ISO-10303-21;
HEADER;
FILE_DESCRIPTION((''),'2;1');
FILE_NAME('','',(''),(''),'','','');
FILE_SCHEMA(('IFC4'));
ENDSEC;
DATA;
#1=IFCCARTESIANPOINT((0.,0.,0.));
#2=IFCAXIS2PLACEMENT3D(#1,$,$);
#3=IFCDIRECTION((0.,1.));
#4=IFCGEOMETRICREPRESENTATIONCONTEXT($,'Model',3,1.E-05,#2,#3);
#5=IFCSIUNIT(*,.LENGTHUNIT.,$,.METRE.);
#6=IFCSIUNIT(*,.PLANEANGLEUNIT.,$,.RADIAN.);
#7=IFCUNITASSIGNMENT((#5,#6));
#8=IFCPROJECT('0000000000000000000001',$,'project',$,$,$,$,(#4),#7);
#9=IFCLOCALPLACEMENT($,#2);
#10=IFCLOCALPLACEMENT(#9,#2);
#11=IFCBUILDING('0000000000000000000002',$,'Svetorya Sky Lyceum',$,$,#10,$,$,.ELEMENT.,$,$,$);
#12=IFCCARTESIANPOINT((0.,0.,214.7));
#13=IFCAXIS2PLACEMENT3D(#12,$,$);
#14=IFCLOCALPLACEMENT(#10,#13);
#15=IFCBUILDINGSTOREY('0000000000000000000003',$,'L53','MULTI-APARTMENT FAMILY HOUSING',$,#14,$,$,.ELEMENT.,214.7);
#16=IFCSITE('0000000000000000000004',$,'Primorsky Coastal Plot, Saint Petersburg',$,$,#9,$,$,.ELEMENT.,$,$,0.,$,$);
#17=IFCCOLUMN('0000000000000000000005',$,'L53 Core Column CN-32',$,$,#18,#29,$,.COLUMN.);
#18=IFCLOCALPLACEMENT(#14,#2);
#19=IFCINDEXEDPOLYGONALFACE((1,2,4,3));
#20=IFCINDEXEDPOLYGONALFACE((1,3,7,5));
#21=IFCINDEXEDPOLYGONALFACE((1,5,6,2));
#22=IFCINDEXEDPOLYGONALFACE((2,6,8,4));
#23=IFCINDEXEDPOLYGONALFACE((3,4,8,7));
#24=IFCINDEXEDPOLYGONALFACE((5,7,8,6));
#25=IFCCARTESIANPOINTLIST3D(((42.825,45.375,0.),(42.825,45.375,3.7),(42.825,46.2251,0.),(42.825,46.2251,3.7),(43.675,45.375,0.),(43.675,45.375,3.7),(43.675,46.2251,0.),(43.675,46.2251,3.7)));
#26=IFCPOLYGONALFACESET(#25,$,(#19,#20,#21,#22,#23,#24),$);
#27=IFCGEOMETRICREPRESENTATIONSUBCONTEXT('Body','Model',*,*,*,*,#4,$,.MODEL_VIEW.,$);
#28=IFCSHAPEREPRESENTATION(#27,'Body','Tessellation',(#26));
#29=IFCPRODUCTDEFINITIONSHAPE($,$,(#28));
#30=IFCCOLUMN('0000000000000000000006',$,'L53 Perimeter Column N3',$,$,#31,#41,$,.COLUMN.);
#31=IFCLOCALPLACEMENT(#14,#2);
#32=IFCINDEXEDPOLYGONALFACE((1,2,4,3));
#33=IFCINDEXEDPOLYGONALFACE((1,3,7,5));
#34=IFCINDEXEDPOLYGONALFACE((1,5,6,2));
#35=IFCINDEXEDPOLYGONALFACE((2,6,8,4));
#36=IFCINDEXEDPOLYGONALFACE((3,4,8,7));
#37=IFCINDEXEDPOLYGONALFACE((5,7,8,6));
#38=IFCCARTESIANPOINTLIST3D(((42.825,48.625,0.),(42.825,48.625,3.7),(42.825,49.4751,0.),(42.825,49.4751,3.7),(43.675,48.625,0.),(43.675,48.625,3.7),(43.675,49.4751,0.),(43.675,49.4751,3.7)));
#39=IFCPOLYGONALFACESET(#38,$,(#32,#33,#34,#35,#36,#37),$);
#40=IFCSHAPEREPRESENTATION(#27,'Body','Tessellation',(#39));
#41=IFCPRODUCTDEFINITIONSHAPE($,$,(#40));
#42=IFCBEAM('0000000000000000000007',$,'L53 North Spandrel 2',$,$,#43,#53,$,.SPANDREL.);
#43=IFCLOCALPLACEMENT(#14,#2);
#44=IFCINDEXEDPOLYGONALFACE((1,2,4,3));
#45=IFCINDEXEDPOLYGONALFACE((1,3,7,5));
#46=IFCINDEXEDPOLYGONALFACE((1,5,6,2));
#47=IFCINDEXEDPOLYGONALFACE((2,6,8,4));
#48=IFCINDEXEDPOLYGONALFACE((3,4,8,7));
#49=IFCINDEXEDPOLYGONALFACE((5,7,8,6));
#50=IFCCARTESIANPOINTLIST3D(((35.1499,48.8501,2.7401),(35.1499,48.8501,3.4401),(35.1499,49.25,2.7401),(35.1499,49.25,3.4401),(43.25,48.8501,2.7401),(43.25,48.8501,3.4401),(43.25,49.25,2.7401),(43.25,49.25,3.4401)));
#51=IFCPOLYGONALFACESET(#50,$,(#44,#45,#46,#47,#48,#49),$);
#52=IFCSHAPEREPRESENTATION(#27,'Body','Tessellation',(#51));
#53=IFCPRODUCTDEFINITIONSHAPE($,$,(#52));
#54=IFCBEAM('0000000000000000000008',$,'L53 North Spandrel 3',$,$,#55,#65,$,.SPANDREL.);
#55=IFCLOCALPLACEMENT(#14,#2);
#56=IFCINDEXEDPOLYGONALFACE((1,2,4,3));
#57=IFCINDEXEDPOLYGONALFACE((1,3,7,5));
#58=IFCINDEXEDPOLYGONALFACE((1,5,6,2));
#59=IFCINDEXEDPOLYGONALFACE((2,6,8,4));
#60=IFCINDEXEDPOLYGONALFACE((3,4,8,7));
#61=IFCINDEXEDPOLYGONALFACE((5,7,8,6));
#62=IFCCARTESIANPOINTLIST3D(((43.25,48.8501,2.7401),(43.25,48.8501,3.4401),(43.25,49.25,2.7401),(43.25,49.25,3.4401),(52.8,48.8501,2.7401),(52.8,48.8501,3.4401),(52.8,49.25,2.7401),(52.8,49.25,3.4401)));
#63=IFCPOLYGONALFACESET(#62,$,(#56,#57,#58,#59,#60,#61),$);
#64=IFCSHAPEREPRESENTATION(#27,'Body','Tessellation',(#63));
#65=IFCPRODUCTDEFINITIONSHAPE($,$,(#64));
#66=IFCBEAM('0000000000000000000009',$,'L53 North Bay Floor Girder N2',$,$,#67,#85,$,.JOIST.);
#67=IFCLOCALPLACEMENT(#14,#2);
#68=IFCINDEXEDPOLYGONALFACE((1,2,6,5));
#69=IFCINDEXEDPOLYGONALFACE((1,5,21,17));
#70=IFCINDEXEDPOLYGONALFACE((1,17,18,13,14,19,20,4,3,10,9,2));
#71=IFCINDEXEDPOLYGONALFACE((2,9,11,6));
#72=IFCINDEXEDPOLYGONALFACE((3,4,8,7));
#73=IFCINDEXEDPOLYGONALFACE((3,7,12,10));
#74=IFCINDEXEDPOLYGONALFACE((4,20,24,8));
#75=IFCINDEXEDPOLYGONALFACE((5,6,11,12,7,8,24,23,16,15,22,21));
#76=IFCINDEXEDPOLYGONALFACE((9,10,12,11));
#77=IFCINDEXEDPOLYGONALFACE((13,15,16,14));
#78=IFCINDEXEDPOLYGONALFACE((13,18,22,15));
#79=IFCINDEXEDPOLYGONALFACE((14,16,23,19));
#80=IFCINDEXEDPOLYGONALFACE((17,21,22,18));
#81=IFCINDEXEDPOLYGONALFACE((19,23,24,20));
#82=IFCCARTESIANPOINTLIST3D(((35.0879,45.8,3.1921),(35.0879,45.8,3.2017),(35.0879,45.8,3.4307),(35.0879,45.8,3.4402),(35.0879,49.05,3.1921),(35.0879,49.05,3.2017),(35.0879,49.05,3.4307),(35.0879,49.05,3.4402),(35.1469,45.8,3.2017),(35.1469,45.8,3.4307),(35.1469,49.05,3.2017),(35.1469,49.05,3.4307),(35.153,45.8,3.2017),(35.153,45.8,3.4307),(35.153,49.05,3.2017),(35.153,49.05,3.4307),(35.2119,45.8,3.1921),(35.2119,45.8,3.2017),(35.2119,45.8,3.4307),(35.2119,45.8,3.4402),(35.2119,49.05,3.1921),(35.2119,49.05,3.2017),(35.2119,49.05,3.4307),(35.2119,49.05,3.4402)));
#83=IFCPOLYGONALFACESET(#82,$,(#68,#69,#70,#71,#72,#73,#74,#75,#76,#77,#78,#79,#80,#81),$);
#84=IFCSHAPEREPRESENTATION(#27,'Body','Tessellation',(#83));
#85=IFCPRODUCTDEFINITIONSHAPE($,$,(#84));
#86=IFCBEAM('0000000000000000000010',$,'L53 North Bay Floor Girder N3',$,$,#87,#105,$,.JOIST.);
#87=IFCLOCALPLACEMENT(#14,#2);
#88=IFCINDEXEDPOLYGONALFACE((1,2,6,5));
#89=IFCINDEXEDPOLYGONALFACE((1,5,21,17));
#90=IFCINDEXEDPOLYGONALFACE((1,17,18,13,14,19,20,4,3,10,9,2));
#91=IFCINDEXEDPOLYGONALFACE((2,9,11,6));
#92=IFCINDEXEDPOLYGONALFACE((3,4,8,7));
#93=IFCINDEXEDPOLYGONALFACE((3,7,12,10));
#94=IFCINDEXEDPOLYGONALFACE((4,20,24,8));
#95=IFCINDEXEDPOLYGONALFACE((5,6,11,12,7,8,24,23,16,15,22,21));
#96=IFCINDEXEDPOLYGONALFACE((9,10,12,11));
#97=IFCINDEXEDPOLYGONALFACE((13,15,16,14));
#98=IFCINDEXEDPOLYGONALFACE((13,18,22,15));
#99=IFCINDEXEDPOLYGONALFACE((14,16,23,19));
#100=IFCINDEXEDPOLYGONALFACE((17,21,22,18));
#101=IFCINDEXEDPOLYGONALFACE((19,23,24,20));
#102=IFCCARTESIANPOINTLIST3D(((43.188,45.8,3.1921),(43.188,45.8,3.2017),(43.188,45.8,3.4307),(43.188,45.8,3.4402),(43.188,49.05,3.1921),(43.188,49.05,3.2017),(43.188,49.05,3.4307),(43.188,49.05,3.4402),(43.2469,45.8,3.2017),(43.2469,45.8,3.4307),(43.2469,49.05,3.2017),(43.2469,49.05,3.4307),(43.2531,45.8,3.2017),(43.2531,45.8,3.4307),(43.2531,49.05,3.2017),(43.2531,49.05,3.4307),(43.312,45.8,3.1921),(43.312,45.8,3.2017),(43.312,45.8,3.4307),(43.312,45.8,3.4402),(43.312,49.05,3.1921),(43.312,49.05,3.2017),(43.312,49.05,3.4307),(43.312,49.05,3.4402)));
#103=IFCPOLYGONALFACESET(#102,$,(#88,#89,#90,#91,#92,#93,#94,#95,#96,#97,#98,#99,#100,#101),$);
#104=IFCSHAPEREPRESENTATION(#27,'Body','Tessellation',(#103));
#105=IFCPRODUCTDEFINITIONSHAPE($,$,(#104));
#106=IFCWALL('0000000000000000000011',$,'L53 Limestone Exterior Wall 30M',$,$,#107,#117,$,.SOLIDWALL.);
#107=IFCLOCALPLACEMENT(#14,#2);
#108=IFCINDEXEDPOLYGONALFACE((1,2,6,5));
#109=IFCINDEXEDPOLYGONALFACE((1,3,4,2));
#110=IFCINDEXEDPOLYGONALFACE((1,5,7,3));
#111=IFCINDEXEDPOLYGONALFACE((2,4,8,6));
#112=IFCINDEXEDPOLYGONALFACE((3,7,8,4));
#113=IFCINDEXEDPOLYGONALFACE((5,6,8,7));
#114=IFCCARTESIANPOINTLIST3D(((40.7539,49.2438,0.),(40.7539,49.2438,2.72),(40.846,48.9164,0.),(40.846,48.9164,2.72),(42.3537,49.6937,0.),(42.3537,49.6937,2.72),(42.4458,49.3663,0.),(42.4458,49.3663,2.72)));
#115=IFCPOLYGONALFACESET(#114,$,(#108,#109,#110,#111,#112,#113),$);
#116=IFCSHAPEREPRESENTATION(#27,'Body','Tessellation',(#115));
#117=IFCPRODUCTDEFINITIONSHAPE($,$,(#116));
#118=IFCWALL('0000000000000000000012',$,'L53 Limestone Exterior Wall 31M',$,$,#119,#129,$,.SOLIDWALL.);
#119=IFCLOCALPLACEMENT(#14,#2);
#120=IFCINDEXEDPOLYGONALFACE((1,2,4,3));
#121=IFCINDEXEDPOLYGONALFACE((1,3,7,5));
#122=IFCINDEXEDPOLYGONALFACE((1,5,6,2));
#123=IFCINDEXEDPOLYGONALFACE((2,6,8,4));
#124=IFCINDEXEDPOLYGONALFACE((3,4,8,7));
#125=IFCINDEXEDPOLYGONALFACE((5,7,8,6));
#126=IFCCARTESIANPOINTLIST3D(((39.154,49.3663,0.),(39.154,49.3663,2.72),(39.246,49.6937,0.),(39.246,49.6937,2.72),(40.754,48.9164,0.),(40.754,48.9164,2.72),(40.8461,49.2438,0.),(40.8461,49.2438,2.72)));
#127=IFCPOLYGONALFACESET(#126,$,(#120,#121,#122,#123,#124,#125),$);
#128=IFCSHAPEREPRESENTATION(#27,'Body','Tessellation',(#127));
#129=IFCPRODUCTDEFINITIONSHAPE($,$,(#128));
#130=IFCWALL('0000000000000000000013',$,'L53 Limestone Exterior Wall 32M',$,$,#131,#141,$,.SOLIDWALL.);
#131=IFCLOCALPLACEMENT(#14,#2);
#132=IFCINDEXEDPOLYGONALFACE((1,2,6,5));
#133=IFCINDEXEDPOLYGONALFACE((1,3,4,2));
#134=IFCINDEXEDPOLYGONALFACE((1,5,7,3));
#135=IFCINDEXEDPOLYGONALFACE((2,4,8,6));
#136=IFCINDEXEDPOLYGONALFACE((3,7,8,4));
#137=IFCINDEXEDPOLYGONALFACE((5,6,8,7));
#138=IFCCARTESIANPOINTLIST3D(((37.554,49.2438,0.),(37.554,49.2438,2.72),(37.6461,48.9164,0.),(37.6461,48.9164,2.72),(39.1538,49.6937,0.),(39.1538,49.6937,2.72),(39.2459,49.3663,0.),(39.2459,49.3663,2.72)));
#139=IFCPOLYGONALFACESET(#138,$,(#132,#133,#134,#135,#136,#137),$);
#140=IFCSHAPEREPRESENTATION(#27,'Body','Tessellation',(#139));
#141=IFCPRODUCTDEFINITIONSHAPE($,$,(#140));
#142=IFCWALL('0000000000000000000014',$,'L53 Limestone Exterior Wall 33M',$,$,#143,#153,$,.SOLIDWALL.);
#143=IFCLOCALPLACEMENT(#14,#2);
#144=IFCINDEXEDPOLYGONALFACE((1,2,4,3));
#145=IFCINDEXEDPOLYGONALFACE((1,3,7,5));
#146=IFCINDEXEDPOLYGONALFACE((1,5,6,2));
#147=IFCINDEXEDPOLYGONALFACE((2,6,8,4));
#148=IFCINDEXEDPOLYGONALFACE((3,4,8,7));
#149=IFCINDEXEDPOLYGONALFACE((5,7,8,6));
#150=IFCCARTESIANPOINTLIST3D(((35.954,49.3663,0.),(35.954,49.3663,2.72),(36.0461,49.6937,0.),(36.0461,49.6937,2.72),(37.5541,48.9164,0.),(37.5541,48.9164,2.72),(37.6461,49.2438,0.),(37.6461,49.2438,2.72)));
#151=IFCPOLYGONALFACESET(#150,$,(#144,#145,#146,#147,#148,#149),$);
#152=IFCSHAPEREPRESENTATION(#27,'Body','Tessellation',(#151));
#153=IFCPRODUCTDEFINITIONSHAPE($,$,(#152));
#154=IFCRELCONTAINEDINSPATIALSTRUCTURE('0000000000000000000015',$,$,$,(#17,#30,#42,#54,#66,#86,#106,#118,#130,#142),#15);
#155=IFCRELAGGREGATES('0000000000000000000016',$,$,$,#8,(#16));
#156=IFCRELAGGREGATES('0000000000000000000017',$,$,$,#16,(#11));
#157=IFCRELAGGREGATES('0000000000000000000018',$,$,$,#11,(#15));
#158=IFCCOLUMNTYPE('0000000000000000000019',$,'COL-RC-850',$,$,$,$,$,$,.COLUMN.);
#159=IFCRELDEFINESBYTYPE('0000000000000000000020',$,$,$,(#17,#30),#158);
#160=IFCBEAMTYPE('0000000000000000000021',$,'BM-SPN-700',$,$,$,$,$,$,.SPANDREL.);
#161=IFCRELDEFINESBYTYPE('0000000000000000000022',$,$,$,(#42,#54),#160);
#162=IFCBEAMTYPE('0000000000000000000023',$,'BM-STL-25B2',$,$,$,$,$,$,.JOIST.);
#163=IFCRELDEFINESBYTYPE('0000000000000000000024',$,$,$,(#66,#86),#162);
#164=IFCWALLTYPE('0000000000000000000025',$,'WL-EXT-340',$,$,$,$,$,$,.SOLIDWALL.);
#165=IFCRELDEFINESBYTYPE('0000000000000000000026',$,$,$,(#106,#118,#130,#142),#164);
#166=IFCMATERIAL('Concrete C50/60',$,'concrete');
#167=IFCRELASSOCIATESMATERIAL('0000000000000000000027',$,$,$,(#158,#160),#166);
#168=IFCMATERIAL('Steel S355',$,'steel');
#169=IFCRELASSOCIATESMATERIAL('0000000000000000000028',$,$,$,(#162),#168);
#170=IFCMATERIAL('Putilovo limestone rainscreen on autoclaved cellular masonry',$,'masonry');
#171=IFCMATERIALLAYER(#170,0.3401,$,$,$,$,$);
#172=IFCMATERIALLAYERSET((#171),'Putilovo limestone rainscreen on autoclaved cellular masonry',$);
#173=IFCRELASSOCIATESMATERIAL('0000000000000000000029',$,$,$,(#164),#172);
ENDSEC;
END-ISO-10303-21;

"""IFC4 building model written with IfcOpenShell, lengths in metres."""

from ifc_helpers import new_model, si_unit, direction, frame, frame_2d, origin, origin_2d, place, context, subcontext, project, spatial, rectangle, i_section, extrude, material, layer, layer_set, material_profile, profile_set, type_object, element, save


model = new_model("IFC4")

# Units and contexts
model_context = context("Model", 3, precision=1e-05, world=origin(), true_north=direction((0.0, 1.0)))
body_context = subcontext(model_context, "Body", "Model", "MODEL_VIEW")
ifc_project = project(units=[si_unit("LENGTHUNIT", "METRE"), si_unit("PLANEANGLEUNIT", "RADIAN")], contexts=[model_context])

# Site, building, storey
site_placement = place(None, origin())
site = spatial("IfcSite", under=ifc_project, at=site_placement, Name="Primorsky Coastal Plot, Saint Petersburg", CompositionType="ELEMENT", RefElevation=0.0)
building_placement = place(site_placement, origin())
building = spatial("IfcBuilding", under=site, at=building_placement, Name="Svetorya Sky Lyceum", CompositionType="ELEMENT")
storey_placement = place(building_placement, frame((0.0, 0.0, 214.7)))
storey = spatial("IfcBuildingStorey", under=building, at=storey_placement, Name="L53", Description="MULTI-APARTMENT FAMILY HOUSING", CompositionType="ELEMENT", Elevation=214.7)

# Columns
ifc_material_1 = material(Name="Concrete C50/60", Category="concrete")
ifc_material_profile_1 = material_profile(ifc_material_1, rectangle(XDim=0.8501, YDim=0.8501, at=origin_2d()), Name="RC COL 850x850")
ifc_profile_set_1 = profile_set([ifc_material_profile_1], Name="Concrete C50/60")
column_type = type_object("IfcColumnType", Name="COL-RC-850", PredefinedType="COLUMN", material=ifc_profile_set_1)
for number, where, z_axis, x_axis, name in (
    (1, (43.25, 45.8, 0.0), (0.0, 0.0, 1.0), (1.0, 0.0, 0.0), "L53 Core Column CN-32"),
    (2, (43.25, 49.05, 0.0), (0.0, 0.0, 1.0), (1.0, 0.0, 0.0), "L53 Perimeter Column N3"),
):
    element("IfcColumn", number, at=place(storey_placement, frame(where, z_axis=z_axis, x_axis=x_axis)), inside=storey, type_object=column_type, Name=name, PredefinedType="COLUMN", context=body_context, shape_type="SweptSolid", body=[
        extrude(rectangle(XDim=0.8501, YDim=0.8501, at=origin_2d()), origin(), (0.0, 0.0, 1.0), 3.7),
    ])

# Beams
ifc_material_profile_2 = material_profile(ifc_material_1, rectangle(XDim=0.3999, YDim=0.7, at=origin_2d()), Name="RC SPANDREL 400x700")
ifc_profile_set_2 = profile_set([ifc_material_profile_2], Name="Concrete C50/60")
beam_type_1 = type_object("IfcBeamType", Name="BM-SPN-700", PredefinedType="SPANDREL", material=ifc_profile_set_2)
beam_1_placement = place(storey_placement, frame((35.1499, 49.05, 3.0901), z_axis=(1.0, 0.0, 0.0), x_axis=(0.0, 1.0, 0.0)))
element("IfcBeam", 3, at=beam_1_placement, inside=storey, type_object=beam_type_1, Name="L53 North Spandrel 2", PredefinedType="SPANDREL", context=body_context, shape_type="SweptSolid", body=[
    extrude(rectangle(XDim=0.3999, YDim=0.7, at=origin_2d()), origin(), (0.0, 0.0, 1.0), 8.1001),
])
beam_2_placement = place(storey_placement, frame((43.25, 49.05, 3.0901), z_axis=(1.0, 0.0, 0.0), x_axis=(0.0, 1.0, 0.0)))
element("IfcBeam", 4, at=beam_2_placement, inside=storey, type_object=beam_type_1, Name="L53 North Spandrel 3", PredefinedType="SPANDREL", context=body_context, shape_type="SweptSolid", body=[
    extrude(rectangle(XDim=0.3999, YDim=0.7, at=origin_2d()), origin(), (0.0, 0.0, 1.0), 9.55),
])
ifc_material_2 = material(Name="Steel S355", Category="steel")
ifc_material_profile_3 = material_profile(ifc_material_2, i_section(OverallWidth=0.124, OverallDepth=0.248, WebThickness=0.0061, FlangeThickness=0.0095, at=origin_2d()), Name="GOST 25B2")
ifc_profile_set_3 = profile_set([ifc_material_profile_3], Name="Steel S355")
beam_type_2 = type_object("IfcBeamType", Name="BM-STL-25B2", PredefinedType="JOIST", material=ifc_profile_set_3)
for number, where, z_axis, x_axis, name in (
    (5, (35.1499, 45.8, 3.3162), (0.0, 1.0, 0.0), (-1.0, 0.0, 0.0), "L53 North Bay Floor Girder N2"),
    (6, (43.25, 45.8, 3.3162), (0.0, 1.0, 0.0), (-1.0, 0.0, 0.0), "L53 North Bay Floor Girder N3"),
):
    element("IfcBeam", number, at=place(storey_placement, frame(where, z_axis=z_axis, x_axis=x_axis)), inside=storey, type_object=beam_type_2, Name=name, PredefinedType="JOIST", context=body_context, shape_type="SweptSolid", body=[
        extrude(i_section(OverallWidth=0.124, OverallDepth=0.248, WebThickness=0.0061, FlangeThickness=0.0095, at=origin_2d()), origin(), (0.0, 0.0, 1.0), 3.25),
    ])

# Walls
ifc_material_3 = material(Name="Putilovo limestone rainscreen on autoclaved cellular masonry", Category="masonry")
ifc_layer_1 = layer(ifc_material_3, 0.3401)
ifc_layer_set_1 = layer_set([ifc_layer_1], Name="Putilovo limestone rainscreen on autoclaved cellular masonry")
wall_type_1 = type_object("IfcWallType", Name="WL-EXT-340", PredefinedType="SOLIDWALL", material=ifc_layer_set_1)
wall_1_placement = place(storey_placement, frame((42.3999, 49.53, 0.0), z_axis=(0.0, 0.0, 1.0), x_axis=(-0.962652, -0.270741, 0.0)))
element("IfcWall", 7, at=wall_1_placement, inside=storey, type_object=wall_type_1, Name="L53 Limestone Exterior Wall 30M", PredefinedType="SOLIDWALL", context=body_context, shape_type="SweptSolid", body=[
    extrude(rectangle(XDim=1.6619, YDim=0.3401, at=frame_2d((0.8311, 0.0))), origin(), (0.0, 0.0, 1.0), 2.72),
])
wall_2_placement = place(storey_placement, frame((40.8, 49.0801, 0.0), z_axis=(0.0, 0.0, 1.0), x_axis=(-0.962663, 0.270703, 0.0)))
element("IfcWall", 8, at=wall_2_placement, inside=storey, type_object=wall_type_1, Name="L53 Limestone Exterior Wall 31M", PredefinedType="SOLIDWALL", context=body_context, shape_type="SweptSolid", body=[
    extrude(rectangle(XDim=1.6621, YDim=0.3401, at=frame_2d((0.8311, 0.0))), origin(), (0.0, 0.0, 1.0), 2.72),
])
wall_3_placement = place(storey_placement, frame((39.2, 49.53, 0.0), z_axis=(0.0, 0.0, 1.0), x_axis=(-0.962652, -0.270741, 0.0)))
element("IfcWall", 9, at=wall_3_placement, inside=storey, type_object=wall_type_1, Name="L53 Limestone Exterior Wall 32M", PredefinedType="SOLIDWALL", context=body_context, shape_type="SweptSolid", body=[
    extrude(rectangle(XDim=1.6619, YDim=0.3401, at=frame_2d((0.8311, 0.0))), origin(), (0.0, 0.0, 1.0), 2.72),
])
wall_4_placement = place(storey_placement, frame((37.6001, 49.0801, 0.0), z_axis=(0.0, 0.0, 1.0), x_axis=(-0.962663, 0.270703, 0.0)))
element("IfcWall", 10, at=wall_4_placement, inside=storey, type_object=wall_type_1, Name="L53 Limestone Exterior Wall 33M", PredefinedType="SOLIDWALL", context=body_context, shape_type="SweptSolid", body=[
    extrude(rectangle(XDim=1.6621, YDim=0.3401, at=frame_2d((0.8311, 0.0))), origin(), (0.0, 0.0, 1.0), 2.72),
])

save(model, "model.ifc")
